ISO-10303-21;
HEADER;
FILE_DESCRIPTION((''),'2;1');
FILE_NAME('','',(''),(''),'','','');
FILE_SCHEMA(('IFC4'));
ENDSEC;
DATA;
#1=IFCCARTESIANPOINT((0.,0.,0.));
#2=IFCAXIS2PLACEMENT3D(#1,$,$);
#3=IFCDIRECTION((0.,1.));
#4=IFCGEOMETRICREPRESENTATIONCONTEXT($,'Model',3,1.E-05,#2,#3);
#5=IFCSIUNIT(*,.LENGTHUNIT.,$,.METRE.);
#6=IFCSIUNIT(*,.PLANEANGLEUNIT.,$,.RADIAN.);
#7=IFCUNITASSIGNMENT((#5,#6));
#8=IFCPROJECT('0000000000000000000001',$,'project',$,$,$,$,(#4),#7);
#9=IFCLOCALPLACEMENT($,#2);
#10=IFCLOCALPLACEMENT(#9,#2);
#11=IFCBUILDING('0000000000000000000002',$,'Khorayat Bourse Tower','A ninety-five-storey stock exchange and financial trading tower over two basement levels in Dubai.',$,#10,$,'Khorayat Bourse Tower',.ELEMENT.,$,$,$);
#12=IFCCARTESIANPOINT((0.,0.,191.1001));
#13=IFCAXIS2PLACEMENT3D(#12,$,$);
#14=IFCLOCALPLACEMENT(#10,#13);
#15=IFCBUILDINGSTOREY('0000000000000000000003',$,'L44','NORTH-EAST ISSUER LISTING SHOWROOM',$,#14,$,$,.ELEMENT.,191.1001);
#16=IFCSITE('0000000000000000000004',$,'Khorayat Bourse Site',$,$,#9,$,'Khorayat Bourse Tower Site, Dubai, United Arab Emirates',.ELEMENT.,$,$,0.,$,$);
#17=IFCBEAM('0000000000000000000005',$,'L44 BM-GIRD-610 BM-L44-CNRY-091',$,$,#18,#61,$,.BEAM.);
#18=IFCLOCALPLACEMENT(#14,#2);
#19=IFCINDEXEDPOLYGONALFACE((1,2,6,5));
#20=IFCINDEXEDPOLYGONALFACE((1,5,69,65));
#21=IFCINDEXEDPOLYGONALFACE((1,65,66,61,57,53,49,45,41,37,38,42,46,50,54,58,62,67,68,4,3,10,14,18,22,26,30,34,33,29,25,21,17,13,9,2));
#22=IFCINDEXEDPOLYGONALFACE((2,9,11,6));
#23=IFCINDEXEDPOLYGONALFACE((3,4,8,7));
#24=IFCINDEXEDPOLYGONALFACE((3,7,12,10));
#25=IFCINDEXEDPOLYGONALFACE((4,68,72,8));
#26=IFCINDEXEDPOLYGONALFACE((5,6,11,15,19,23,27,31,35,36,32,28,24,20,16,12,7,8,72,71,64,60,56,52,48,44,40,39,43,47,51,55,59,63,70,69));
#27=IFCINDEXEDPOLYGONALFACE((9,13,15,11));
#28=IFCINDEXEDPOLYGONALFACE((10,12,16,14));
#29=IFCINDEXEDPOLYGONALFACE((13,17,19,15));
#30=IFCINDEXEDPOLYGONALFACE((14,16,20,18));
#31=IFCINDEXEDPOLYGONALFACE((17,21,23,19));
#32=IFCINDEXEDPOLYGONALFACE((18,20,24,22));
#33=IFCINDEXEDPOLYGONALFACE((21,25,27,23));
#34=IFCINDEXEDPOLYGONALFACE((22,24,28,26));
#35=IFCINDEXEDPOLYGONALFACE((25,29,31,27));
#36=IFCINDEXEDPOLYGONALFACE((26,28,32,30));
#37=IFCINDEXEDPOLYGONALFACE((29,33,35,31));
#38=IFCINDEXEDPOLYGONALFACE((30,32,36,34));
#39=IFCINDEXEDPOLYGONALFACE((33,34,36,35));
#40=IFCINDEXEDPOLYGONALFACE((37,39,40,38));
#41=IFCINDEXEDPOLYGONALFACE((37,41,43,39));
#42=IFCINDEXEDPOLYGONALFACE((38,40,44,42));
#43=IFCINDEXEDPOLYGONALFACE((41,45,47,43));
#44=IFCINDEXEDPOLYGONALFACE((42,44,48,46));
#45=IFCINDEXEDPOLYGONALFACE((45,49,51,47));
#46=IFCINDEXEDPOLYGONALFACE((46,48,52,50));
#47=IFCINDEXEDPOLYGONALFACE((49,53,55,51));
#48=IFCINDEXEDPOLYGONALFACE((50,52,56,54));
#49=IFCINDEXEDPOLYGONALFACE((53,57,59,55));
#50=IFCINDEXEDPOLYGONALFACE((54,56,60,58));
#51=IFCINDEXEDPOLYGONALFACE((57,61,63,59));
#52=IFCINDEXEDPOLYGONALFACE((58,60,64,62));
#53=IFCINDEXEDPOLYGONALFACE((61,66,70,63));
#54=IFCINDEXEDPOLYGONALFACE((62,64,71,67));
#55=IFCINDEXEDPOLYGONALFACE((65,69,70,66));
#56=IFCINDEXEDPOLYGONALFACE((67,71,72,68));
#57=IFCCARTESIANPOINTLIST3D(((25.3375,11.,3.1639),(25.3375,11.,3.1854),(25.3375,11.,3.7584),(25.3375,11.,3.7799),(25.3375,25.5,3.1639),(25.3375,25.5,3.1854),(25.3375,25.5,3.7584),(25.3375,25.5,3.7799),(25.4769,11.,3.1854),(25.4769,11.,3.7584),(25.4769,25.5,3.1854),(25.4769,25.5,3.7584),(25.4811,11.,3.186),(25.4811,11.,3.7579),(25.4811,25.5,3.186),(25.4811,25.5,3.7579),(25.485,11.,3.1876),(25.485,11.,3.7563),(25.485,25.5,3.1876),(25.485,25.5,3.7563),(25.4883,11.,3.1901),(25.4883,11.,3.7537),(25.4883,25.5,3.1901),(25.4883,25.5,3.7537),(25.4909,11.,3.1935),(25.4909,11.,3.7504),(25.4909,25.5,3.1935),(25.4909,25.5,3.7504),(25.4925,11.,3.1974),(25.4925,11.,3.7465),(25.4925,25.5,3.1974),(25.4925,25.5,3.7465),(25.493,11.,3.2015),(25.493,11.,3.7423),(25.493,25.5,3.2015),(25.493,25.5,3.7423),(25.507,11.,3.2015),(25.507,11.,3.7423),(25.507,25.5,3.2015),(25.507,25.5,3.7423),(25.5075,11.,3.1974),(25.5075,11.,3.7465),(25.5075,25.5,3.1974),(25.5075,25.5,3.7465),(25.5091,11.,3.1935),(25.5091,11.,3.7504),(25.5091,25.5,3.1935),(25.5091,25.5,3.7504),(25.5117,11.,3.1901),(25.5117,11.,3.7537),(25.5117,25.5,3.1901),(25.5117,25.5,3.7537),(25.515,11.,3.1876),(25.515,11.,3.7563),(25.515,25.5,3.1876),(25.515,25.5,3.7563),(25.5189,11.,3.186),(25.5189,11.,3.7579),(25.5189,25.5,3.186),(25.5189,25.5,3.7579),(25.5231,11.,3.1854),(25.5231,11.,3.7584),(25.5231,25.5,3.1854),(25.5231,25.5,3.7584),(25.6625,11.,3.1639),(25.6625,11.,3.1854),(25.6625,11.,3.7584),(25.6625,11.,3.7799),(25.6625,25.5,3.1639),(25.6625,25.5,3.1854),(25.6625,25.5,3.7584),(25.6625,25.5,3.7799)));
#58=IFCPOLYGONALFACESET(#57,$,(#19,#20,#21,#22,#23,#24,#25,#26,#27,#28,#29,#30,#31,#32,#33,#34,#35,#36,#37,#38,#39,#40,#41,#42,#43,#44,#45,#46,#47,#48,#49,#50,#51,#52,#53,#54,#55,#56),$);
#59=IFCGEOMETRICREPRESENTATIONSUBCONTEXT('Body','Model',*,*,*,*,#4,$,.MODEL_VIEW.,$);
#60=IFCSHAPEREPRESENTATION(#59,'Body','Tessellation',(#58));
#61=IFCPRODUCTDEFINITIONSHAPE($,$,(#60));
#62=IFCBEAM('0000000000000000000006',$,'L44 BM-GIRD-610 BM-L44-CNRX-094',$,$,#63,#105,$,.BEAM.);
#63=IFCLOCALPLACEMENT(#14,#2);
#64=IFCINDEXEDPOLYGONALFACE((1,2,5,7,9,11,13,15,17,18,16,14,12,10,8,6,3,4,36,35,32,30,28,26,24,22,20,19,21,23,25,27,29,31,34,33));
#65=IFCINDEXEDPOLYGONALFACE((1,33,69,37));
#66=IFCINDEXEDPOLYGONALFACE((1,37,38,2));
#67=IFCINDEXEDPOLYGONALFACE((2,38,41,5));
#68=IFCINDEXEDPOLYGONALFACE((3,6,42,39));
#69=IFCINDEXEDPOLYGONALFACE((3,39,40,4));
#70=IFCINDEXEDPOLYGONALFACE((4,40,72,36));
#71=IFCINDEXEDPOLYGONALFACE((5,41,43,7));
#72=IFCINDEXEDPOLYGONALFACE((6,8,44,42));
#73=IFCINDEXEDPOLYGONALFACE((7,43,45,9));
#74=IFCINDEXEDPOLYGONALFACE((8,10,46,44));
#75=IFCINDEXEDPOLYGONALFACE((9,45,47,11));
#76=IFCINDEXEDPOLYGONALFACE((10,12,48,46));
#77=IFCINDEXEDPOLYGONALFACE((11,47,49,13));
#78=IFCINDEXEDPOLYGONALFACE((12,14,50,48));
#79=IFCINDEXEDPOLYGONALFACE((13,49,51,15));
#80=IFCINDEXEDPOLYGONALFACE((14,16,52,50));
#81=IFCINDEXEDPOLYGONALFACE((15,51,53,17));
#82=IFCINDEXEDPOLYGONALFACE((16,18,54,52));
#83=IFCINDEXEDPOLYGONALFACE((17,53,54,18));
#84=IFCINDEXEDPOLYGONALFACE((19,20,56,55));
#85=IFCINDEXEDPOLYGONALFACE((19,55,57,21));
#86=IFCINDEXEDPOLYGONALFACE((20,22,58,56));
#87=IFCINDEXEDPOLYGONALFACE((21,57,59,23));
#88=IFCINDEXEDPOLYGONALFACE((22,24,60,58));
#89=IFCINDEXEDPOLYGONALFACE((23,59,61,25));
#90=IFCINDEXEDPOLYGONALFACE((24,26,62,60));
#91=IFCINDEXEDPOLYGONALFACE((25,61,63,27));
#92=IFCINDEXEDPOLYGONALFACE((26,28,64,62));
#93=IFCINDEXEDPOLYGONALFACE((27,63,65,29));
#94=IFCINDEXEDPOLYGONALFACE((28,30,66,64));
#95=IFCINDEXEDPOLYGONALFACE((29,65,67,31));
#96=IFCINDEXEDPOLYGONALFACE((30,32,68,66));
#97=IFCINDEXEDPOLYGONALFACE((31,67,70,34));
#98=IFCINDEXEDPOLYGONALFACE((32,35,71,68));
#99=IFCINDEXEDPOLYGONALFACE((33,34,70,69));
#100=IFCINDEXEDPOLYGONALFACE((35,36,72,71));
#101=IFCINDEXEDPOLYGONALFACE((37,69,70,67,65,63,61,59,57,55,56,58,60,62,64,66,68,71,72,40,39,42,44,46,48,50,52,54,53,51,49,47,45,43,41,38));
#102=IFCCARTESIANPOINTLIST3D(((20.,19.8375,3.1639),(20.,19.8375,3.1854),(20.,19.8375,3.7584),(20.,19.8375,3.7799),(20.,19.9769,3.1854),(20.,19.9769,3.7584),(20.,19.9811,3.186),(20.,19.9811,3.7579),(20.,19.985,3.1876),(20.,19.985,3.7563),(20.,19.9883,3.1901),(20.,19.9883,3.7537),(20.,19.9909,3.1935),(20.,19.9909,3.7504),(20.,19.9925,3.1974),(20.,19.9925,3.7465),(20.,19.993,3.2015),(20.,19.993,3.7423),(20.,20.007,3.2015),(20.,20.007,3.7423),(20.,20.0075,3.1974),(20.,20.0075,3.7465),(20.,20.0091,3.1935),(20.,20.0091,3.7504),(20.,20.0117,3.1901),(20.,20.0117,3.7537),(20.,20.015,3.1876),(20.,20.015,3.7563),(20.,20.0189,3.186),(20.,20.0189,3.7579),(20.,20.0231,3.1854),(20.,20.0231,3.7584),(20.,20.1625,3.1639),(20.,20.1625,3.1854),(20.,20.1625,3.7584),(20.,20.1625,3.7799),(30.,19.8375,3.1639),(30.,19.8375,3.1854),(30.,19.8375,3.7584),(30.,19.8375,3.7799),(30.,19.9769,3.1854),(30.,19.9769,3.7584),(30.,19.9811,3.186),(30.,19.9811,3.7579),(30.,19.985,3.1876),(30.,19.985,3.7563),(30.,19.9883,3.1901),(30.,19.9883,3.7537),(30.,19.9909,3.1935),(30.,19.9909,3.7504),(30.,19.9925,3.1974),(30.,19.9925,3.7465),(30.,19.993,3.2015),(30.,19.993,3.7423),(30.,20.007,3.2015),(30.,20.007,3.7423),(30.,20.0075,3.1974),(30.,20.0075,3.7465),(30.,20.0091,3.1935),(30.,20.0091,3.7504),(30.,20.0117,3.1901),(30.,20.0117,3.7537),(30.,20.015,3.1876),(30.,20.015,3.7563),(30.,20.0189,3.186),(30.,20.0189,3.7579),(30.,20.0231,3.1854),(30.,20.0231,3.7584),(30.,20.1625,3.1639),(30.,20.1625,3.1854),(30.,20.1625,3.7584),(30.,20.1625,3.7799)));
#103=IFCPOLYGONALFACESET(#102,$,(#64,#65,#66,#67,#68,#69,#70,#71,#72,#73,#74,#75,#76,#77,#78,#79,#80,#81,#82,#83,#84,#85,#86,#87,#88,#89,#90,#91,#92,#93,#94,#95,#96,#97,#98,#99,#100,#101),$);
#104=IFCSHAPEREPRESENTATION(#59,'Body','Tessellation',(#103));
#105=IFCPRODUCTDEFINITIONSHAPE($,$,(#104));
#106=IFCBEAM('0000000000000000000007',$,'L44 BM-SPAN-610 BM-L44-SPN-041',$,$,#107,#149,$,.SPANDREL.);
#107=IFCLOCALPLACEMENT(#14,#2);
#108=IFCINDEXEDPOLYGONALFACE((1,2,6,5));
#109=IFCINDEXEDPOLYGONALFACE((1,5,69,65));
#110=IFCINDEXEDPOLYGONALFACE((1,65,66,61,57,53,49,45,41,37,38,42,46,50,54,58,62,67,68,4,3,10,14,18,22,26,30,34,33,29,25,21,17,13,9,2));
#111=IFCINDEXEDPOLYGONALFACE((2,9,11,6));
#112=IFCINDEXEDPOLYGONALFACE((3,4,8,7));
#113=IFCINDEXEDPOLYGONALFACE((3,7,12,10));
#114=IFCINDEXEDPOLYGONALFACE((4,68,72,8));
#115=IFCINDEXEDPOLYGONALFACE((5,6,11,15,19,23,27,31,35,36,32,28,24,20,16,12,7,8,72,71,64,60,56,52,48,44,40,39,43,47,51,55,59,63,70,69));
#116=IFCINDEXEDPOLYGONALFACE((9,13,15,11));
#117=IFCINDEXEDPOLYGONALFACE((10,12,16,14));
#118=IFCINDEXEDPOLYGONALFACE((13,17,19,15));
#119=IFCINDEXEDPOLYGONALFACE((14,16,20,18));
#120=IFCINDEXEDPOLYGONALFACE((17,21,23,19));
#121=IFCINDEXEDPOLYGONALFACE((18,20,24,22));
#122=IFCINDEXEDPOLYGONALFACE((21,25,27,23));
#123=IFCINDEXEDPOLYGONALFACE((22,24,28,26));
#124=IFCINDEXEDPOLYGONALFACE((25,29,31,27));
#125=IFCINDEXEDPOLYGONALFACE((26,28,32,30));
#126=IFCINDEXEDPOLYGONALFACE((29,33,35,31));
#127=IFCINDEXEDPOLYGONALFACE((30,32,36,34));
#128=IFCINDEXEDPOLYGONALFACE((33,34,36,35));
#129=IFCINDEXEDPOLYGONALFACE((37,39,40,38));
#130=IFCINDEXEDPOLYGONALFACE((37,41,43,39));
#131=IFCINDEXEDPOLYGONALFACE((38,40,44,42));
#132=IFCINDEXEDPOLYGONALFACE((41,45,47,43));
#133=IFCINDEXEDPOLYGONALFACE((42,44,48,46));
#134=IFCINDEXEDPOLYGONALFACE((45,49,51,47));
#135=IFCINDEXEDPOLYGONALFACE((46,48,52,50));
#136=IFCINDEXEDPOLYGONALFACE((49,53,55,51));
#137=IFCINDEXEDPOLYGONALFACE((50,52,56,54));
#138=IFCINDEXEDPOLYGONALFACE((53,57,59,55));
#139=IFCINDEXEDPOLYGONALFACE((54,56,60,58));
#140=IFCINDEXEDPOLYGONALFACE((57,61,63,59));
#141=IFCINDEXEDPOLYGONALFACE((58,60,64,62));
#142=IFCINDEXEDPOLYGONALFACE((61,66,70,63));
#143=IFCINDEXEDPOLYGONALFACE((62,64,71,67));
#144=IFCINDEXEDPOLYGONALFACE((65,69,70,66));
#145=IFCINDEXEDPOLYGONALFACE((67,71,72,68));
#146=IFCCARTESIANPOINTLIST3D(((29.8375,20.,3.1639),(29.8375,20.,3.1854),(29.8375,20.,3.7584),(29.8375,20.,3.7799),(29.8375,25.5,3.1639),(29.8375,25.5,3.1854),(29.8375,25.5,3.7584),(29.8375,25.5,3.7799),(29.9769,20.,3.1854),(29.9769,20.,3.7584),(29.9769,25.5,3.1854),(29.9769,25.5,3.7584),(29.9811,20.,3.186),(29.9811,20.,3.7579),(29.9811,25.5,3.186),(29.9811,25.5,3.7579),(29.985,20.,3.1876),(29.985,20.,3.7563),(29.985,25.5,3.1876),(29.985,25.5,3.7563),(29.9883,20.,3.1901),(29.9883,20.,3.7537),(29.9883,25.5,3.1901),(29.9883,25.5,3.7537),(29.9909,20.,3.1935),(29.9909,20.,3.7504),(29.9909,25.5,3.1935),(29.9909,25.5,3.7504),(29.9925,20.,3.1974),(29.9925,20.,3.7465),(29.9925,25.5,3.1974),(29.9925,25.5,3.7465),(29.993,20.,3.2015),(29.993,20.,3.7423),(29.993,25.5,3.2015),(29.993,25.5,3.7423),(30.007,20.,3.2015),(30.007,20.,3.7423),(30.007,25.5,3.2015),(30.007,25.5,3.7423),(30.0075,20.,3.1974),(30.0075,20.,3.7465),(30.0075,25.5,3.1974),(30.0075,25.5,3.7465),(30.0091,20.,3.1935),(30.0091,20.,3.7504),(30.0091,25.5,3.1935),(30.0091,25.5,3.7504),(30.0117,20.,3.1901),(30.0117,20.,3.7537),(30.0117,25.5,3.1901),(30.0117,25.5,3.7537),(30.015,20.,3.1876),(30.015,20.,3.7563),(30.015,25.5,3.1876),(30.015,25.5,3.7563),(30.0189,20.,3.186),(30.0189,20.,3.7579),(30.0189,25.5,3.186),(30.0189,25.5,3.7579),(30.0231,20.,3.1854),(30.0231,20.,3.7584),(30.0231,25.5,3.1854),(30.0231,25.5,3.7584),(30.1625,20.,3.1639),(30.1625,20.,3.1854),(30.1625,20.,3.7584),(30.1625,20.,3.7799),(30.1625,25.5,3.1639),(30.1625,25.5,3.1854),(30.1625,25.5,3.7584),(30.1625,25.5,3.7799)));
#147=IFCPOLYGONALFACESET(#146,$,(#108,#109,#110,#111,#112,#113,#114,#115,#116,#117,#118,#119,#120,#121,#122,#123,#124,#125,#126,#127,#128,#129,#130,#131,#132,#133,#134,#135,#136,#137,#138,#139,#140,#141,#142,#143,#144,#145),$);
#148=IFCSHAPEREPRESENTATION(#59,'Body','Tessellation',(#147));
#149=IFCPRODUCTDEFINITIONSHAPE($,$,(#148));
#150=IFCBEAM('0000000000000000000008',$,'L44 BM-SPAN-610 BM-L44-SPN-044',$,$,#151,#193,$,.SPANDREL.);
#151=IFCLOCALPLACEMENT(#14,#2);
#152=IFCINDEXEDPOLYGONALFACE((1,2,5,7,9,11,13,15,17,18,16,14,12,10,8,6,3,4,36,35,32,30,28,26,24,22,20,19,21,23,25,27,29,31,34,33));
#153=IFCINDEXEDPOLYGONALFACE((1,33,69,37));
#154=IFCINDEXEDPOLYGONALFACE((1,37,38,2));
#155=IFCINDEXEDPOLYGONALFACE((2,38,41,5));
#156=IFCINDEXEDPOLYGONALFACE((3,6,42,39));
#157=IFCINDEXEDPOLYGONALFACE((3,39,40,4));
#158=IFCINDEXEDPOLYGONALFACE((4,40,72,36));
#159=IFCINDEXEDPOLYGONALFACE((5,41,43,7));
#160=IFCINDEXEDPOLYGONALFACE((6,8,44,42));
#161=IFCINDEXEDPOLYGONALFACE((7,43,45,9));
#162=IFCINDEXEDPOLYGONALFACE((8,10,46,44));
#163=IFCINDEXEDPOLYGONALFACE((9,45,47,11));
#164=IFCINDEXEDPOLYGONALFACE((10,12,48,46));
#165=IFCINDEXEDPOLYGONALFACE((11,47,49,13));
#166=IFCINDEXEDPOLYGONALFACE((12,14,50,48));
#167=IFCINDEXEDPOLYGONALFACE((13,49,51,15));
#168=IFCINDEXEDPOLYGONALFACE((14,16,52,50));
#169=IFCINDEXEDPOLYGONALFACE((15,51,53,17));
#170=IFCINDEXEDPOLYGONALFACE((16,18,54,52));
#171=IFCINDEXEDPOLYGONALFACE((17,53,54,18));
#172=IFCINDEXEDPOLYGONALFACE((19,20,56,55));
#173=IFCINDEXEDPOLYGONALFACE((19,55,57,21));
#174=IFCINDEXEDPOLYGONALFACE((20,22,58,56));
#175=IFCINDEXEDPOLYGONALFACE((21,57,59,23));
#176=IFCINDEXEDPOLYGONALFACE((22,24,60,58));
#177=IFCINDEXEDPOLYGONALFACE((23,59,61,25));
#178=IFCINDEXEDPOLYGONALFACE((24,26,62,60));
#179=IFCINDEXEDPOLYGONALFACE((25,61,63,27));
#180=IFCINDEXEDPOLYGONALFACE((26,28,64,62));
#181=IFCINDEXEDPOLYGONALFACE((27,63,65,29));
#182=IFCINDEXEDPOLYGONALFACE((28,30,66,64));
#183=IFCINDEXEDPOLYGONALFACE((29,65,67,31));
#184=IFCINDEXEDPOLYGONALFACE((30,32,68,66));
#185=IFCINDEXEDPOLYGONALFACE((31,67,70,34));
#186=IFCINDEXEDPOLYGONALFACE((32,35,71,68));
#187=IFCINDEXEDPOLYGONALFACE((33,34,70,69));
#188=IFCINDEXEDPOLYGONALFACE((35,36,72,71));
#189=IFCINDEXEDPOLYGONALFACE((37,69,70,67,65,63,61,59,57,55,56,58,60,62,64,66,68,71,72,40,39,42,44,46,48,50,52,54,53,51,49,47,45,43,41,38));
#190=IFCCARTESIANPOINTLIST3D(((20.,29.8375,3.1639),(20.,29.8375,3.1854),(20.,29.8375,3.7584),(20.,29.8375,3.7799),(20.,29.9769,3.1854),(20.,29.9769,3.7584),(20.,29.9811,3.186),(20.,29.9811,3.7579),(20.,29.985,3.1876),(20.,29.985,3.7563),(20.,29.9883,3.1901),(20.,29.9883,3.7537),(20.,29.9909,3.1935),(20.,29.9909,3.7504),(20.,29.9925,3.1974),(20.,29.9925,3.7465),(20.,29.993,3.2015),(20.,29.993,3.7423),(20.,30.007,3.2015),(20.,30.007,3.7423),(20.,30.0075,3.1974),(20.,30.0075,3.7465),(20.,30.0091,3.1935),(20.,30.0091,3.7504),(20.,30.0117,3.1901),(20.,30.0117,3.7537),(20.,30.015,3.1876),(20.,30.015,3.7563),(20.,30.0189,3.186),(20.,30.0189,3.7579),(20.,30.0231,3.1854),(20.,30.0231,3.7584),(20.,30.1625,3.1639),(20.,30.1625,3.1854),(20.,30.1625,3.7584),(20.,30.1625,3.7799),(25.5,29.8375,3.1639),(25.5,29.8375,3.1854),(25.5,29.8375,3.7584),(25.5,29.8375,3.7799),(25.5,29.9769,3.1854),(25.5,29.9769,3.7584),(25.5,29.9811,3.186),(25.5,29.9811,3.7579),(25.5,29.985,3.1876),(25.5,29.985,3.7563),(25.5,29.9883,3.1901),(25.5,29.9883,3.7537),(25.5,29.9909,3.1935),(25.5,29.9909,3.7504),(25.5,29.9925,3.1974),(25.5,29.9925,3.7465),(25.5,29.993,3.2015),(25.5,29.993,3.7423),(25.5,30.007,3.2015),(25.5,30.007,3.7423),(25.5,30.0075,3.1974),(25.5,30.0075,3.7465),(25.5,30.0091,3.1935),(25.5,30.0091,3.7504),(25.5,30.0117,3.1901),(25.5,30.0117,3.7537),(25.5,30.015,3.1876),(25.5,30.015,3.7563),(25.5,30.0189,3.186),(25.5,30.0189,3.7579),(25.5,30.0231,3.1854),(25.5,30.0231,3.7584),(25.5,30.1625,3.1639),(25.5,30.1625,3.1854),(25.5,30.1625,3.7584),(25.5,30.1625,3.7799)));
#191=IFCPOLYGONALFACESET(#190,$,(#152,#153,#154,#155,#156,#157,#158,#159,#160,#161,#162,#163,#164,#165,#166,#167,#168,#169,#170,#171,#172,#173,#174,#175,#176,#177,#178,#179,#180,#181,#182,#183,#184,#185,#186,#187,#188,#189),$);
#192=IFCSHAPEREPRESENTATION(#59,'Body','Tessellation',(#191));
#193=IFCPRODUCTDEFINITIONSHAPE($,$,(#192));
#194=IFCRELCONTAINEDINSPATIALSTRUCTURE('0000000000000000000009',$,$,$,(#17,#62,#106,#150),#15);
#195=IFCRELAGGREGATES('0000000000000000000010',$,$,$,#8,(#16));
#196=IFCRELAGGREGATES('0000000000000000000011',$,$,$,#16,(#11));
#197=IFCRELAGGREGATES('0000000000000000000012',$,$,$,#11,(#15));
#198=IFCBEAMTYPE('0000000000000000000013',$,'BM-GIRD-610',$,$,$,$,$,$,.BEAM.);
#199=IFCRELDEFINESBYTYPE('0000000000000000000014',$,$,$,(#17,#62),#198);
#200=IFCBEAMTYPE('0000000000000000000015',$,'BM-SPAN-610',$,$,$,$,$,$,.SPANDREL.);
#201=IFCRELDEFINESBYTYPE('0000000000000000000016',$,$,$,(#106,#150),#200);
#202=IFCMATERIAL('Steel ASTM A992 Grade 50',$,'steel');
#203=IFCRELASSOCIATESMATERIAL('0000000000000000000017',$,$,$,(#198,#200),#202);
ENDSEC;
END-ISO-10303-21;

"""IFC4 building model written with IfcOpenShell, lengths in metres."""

from ifc_helpers import new_model, si_unit, direction, frame, origin, origin_2d, place, context, subcontext, project, spatial, i_section, extrude, source, transform, mapped, material, material_profile, profile_set, type_object, element, save


model = new_model("IFC4")

# Units and contexts
model_context = context("Model", 3, precision=1e-05, world=origin(), true_north=direction((0.0, 1.0)))
body_context = subcontext(model_context, "Body", "Model", "MODEL_VIEW")
ifc_project = project(units=[si_unit("LENGTHUNIT", "METRE"), si_unit("PLANEANGLEUNIT", "RADIAN")], contexts=[model_context])

# Site, building, storey
site_placement = place(None, origin())
site = spatial("IfcSite", under=ifc_project, at=site_placement, Name="Khorayat Bourse Site", LongName="Khorayat Bourse Tower Site, Dubai, United Arab Emirates", CompositionType="ELEMENT", RefElevation=0.0)
building_placement = place(site_placement, origin())
building = spatial("IfcBuilding", under=site, at=building_placement, Name="Khorayat Bourse Tower", Description="A ninety-five-storey stock exchange and financial trading tower over two basement levels in Dubai.", LongName="Khorayat Bourse Tower", CompositionType="ELEMENT")
storey_placement = place(building_placement, frame((0.0, 0.0, 191.1001)))
storey = spatial("IfcBuildingStorey", under=building, at=storey_placement, Name="L44", Description="NORTH-EAST ISSUER LISTING SHOWROOM", CompositionType="ELEMENT", Elevation=191.1001)

# Beams
ifc_material_1 = material(Name="Steel ASTM A992 Grade 50", Category="steel")
ifc_material_profile_1 = material_profile(ifc_material_1, i_section(OverallWidth=0.325, OverallDepth=0.616, WebThickness=0.0139, FlangeThickness=0.0215, FilletRadius=0.0161, at=origin_2d()), Name="W610X174")
ifc_profile_set_1 = profile_set([ifc_material_profile_1], Name="Steel ASTM A992 Grade 50")
beam_type_1 = type_object("IfcBeamType", Name="BM-GIRD-610", PredefinedType="BEAM", material=ifc_profile_set_1)
shared_shape_1 = source(origin(), body_context, "Body", "SweptSolid", [
    extrude(i_section(OverallWidth=0.325, OverallDepth=0.616, WebThickness=0.0139, FlangeThickness=0.0215, FilletRadius=0.0161, at=origin_2d()), origin(), (0.0, 0.0, 1.0), 14.5),
])
beam_1_placement = place(storey_placement, frame((25.5, 11.0, 3.4719), z_axis=(0.0, 1.0, 0.0), x_axis=(-1.0, 0.0, 0.0)))
element("IfcBeam", 1, at=beam_1_placement, inside=storey, type_object=beam_type_1, Name="L44 BM-GIRD-610 BM-L44-CNRY-091", PredefinedType="BEAM", context=body_context, shape_type="MappedRepresentation", body=[
    mapped(shared_shape_1, transform((0.0, 0.0, 0.0), scale=1.0)),
])
shared_shape_2 = source(origin(), body_context, "Body", "SweptSolid", [
    extrude(i_section(OverallWidth=0.325, OverallDepth=0.616, WebThickness=0.0139, FlangeThickness=0.0215, FilletRadius=0.0161, at=origin_2d()), origin(), (0.0, 0.0, 1.0), 10.0),
])
beam_2_placement = place(storey_placement, frame((20.0, 20.0, 3.4719), z_axis=(1.0, 0.0, 0.0), x_axis=(0.0, 1.0, 0.0)))
element("IfcBeam", 2, at=beam_2_placement, inside=storey, type_object=beam_type_1, Name="L44 BM-GIRD-610 BM-L44-CNRX-094", PredefinedType="BEAM", context=body_context, shape_type="MappedRepresentation", body=[
    mapped(shared_shape_2, transform((0.0, 0.0, 0.0), scale=1.0)),
])
ifc_material_profile_2 = material_profile(ifc_material_1, i_section(OverallWidth=0.325, OverallDepth=0.616, WebThickness=0.0139, FlangeThickness=0.0215, FilletRadius=0.0161, at=origin_2d()), Name="W610X174")
ifc_profile_set_2 = profile_set([ifc_material_profile_2], Name="Steel ASTM A992 Grade 50")
beam_type_2 = type_object("IfcBeamType", Name="BM-SPAN-610", PredefinedType="SPANDREL", material=ifc_profile_set_2)
shared_shape_3 = source(origin(), body_context, "Body", "SweptSolid", [
    extrude(i_section(OverallWidth=0.325, OverallDepth=0.616, WebThickness=0.0139, FlangeThickness=0.0215, FilletRadius=0.0161, at=origin_2d()), origin(), (0.0, 0.0, 1.0), 5.5),
])
for number, where, z_axis, x_axis, name in (
    (3, (30.0, 20.0, 3.4719), (0.0, 1.0, 0.0), (-1.0, 0.0, 0.0), "L44 BM-SPAN-610 BM-L44-SPN-041"),
    (4, (20.0, 30.0, 3.4719), (1.0, 0.0, 0.0), (0.0, 1.0, 0.0), "L44 BM-SPAN-610 BM-L44-SPN-044"),
):
    element("IfcBeam", number, at=place(storey_placement, frame(where, z_axis=z_axis, x_axis=x_axis)), inside=storey, type_object=beam_type_2, Name=name, PredefinedType="SPANDREL", context=body_context, shape_type="MappedRepresentation", body=[
        mapped(shared_shape_3, transform((0.0, 0.0, 0.0), scale=1.0)),
    ])

save(model, "model.ifc")
